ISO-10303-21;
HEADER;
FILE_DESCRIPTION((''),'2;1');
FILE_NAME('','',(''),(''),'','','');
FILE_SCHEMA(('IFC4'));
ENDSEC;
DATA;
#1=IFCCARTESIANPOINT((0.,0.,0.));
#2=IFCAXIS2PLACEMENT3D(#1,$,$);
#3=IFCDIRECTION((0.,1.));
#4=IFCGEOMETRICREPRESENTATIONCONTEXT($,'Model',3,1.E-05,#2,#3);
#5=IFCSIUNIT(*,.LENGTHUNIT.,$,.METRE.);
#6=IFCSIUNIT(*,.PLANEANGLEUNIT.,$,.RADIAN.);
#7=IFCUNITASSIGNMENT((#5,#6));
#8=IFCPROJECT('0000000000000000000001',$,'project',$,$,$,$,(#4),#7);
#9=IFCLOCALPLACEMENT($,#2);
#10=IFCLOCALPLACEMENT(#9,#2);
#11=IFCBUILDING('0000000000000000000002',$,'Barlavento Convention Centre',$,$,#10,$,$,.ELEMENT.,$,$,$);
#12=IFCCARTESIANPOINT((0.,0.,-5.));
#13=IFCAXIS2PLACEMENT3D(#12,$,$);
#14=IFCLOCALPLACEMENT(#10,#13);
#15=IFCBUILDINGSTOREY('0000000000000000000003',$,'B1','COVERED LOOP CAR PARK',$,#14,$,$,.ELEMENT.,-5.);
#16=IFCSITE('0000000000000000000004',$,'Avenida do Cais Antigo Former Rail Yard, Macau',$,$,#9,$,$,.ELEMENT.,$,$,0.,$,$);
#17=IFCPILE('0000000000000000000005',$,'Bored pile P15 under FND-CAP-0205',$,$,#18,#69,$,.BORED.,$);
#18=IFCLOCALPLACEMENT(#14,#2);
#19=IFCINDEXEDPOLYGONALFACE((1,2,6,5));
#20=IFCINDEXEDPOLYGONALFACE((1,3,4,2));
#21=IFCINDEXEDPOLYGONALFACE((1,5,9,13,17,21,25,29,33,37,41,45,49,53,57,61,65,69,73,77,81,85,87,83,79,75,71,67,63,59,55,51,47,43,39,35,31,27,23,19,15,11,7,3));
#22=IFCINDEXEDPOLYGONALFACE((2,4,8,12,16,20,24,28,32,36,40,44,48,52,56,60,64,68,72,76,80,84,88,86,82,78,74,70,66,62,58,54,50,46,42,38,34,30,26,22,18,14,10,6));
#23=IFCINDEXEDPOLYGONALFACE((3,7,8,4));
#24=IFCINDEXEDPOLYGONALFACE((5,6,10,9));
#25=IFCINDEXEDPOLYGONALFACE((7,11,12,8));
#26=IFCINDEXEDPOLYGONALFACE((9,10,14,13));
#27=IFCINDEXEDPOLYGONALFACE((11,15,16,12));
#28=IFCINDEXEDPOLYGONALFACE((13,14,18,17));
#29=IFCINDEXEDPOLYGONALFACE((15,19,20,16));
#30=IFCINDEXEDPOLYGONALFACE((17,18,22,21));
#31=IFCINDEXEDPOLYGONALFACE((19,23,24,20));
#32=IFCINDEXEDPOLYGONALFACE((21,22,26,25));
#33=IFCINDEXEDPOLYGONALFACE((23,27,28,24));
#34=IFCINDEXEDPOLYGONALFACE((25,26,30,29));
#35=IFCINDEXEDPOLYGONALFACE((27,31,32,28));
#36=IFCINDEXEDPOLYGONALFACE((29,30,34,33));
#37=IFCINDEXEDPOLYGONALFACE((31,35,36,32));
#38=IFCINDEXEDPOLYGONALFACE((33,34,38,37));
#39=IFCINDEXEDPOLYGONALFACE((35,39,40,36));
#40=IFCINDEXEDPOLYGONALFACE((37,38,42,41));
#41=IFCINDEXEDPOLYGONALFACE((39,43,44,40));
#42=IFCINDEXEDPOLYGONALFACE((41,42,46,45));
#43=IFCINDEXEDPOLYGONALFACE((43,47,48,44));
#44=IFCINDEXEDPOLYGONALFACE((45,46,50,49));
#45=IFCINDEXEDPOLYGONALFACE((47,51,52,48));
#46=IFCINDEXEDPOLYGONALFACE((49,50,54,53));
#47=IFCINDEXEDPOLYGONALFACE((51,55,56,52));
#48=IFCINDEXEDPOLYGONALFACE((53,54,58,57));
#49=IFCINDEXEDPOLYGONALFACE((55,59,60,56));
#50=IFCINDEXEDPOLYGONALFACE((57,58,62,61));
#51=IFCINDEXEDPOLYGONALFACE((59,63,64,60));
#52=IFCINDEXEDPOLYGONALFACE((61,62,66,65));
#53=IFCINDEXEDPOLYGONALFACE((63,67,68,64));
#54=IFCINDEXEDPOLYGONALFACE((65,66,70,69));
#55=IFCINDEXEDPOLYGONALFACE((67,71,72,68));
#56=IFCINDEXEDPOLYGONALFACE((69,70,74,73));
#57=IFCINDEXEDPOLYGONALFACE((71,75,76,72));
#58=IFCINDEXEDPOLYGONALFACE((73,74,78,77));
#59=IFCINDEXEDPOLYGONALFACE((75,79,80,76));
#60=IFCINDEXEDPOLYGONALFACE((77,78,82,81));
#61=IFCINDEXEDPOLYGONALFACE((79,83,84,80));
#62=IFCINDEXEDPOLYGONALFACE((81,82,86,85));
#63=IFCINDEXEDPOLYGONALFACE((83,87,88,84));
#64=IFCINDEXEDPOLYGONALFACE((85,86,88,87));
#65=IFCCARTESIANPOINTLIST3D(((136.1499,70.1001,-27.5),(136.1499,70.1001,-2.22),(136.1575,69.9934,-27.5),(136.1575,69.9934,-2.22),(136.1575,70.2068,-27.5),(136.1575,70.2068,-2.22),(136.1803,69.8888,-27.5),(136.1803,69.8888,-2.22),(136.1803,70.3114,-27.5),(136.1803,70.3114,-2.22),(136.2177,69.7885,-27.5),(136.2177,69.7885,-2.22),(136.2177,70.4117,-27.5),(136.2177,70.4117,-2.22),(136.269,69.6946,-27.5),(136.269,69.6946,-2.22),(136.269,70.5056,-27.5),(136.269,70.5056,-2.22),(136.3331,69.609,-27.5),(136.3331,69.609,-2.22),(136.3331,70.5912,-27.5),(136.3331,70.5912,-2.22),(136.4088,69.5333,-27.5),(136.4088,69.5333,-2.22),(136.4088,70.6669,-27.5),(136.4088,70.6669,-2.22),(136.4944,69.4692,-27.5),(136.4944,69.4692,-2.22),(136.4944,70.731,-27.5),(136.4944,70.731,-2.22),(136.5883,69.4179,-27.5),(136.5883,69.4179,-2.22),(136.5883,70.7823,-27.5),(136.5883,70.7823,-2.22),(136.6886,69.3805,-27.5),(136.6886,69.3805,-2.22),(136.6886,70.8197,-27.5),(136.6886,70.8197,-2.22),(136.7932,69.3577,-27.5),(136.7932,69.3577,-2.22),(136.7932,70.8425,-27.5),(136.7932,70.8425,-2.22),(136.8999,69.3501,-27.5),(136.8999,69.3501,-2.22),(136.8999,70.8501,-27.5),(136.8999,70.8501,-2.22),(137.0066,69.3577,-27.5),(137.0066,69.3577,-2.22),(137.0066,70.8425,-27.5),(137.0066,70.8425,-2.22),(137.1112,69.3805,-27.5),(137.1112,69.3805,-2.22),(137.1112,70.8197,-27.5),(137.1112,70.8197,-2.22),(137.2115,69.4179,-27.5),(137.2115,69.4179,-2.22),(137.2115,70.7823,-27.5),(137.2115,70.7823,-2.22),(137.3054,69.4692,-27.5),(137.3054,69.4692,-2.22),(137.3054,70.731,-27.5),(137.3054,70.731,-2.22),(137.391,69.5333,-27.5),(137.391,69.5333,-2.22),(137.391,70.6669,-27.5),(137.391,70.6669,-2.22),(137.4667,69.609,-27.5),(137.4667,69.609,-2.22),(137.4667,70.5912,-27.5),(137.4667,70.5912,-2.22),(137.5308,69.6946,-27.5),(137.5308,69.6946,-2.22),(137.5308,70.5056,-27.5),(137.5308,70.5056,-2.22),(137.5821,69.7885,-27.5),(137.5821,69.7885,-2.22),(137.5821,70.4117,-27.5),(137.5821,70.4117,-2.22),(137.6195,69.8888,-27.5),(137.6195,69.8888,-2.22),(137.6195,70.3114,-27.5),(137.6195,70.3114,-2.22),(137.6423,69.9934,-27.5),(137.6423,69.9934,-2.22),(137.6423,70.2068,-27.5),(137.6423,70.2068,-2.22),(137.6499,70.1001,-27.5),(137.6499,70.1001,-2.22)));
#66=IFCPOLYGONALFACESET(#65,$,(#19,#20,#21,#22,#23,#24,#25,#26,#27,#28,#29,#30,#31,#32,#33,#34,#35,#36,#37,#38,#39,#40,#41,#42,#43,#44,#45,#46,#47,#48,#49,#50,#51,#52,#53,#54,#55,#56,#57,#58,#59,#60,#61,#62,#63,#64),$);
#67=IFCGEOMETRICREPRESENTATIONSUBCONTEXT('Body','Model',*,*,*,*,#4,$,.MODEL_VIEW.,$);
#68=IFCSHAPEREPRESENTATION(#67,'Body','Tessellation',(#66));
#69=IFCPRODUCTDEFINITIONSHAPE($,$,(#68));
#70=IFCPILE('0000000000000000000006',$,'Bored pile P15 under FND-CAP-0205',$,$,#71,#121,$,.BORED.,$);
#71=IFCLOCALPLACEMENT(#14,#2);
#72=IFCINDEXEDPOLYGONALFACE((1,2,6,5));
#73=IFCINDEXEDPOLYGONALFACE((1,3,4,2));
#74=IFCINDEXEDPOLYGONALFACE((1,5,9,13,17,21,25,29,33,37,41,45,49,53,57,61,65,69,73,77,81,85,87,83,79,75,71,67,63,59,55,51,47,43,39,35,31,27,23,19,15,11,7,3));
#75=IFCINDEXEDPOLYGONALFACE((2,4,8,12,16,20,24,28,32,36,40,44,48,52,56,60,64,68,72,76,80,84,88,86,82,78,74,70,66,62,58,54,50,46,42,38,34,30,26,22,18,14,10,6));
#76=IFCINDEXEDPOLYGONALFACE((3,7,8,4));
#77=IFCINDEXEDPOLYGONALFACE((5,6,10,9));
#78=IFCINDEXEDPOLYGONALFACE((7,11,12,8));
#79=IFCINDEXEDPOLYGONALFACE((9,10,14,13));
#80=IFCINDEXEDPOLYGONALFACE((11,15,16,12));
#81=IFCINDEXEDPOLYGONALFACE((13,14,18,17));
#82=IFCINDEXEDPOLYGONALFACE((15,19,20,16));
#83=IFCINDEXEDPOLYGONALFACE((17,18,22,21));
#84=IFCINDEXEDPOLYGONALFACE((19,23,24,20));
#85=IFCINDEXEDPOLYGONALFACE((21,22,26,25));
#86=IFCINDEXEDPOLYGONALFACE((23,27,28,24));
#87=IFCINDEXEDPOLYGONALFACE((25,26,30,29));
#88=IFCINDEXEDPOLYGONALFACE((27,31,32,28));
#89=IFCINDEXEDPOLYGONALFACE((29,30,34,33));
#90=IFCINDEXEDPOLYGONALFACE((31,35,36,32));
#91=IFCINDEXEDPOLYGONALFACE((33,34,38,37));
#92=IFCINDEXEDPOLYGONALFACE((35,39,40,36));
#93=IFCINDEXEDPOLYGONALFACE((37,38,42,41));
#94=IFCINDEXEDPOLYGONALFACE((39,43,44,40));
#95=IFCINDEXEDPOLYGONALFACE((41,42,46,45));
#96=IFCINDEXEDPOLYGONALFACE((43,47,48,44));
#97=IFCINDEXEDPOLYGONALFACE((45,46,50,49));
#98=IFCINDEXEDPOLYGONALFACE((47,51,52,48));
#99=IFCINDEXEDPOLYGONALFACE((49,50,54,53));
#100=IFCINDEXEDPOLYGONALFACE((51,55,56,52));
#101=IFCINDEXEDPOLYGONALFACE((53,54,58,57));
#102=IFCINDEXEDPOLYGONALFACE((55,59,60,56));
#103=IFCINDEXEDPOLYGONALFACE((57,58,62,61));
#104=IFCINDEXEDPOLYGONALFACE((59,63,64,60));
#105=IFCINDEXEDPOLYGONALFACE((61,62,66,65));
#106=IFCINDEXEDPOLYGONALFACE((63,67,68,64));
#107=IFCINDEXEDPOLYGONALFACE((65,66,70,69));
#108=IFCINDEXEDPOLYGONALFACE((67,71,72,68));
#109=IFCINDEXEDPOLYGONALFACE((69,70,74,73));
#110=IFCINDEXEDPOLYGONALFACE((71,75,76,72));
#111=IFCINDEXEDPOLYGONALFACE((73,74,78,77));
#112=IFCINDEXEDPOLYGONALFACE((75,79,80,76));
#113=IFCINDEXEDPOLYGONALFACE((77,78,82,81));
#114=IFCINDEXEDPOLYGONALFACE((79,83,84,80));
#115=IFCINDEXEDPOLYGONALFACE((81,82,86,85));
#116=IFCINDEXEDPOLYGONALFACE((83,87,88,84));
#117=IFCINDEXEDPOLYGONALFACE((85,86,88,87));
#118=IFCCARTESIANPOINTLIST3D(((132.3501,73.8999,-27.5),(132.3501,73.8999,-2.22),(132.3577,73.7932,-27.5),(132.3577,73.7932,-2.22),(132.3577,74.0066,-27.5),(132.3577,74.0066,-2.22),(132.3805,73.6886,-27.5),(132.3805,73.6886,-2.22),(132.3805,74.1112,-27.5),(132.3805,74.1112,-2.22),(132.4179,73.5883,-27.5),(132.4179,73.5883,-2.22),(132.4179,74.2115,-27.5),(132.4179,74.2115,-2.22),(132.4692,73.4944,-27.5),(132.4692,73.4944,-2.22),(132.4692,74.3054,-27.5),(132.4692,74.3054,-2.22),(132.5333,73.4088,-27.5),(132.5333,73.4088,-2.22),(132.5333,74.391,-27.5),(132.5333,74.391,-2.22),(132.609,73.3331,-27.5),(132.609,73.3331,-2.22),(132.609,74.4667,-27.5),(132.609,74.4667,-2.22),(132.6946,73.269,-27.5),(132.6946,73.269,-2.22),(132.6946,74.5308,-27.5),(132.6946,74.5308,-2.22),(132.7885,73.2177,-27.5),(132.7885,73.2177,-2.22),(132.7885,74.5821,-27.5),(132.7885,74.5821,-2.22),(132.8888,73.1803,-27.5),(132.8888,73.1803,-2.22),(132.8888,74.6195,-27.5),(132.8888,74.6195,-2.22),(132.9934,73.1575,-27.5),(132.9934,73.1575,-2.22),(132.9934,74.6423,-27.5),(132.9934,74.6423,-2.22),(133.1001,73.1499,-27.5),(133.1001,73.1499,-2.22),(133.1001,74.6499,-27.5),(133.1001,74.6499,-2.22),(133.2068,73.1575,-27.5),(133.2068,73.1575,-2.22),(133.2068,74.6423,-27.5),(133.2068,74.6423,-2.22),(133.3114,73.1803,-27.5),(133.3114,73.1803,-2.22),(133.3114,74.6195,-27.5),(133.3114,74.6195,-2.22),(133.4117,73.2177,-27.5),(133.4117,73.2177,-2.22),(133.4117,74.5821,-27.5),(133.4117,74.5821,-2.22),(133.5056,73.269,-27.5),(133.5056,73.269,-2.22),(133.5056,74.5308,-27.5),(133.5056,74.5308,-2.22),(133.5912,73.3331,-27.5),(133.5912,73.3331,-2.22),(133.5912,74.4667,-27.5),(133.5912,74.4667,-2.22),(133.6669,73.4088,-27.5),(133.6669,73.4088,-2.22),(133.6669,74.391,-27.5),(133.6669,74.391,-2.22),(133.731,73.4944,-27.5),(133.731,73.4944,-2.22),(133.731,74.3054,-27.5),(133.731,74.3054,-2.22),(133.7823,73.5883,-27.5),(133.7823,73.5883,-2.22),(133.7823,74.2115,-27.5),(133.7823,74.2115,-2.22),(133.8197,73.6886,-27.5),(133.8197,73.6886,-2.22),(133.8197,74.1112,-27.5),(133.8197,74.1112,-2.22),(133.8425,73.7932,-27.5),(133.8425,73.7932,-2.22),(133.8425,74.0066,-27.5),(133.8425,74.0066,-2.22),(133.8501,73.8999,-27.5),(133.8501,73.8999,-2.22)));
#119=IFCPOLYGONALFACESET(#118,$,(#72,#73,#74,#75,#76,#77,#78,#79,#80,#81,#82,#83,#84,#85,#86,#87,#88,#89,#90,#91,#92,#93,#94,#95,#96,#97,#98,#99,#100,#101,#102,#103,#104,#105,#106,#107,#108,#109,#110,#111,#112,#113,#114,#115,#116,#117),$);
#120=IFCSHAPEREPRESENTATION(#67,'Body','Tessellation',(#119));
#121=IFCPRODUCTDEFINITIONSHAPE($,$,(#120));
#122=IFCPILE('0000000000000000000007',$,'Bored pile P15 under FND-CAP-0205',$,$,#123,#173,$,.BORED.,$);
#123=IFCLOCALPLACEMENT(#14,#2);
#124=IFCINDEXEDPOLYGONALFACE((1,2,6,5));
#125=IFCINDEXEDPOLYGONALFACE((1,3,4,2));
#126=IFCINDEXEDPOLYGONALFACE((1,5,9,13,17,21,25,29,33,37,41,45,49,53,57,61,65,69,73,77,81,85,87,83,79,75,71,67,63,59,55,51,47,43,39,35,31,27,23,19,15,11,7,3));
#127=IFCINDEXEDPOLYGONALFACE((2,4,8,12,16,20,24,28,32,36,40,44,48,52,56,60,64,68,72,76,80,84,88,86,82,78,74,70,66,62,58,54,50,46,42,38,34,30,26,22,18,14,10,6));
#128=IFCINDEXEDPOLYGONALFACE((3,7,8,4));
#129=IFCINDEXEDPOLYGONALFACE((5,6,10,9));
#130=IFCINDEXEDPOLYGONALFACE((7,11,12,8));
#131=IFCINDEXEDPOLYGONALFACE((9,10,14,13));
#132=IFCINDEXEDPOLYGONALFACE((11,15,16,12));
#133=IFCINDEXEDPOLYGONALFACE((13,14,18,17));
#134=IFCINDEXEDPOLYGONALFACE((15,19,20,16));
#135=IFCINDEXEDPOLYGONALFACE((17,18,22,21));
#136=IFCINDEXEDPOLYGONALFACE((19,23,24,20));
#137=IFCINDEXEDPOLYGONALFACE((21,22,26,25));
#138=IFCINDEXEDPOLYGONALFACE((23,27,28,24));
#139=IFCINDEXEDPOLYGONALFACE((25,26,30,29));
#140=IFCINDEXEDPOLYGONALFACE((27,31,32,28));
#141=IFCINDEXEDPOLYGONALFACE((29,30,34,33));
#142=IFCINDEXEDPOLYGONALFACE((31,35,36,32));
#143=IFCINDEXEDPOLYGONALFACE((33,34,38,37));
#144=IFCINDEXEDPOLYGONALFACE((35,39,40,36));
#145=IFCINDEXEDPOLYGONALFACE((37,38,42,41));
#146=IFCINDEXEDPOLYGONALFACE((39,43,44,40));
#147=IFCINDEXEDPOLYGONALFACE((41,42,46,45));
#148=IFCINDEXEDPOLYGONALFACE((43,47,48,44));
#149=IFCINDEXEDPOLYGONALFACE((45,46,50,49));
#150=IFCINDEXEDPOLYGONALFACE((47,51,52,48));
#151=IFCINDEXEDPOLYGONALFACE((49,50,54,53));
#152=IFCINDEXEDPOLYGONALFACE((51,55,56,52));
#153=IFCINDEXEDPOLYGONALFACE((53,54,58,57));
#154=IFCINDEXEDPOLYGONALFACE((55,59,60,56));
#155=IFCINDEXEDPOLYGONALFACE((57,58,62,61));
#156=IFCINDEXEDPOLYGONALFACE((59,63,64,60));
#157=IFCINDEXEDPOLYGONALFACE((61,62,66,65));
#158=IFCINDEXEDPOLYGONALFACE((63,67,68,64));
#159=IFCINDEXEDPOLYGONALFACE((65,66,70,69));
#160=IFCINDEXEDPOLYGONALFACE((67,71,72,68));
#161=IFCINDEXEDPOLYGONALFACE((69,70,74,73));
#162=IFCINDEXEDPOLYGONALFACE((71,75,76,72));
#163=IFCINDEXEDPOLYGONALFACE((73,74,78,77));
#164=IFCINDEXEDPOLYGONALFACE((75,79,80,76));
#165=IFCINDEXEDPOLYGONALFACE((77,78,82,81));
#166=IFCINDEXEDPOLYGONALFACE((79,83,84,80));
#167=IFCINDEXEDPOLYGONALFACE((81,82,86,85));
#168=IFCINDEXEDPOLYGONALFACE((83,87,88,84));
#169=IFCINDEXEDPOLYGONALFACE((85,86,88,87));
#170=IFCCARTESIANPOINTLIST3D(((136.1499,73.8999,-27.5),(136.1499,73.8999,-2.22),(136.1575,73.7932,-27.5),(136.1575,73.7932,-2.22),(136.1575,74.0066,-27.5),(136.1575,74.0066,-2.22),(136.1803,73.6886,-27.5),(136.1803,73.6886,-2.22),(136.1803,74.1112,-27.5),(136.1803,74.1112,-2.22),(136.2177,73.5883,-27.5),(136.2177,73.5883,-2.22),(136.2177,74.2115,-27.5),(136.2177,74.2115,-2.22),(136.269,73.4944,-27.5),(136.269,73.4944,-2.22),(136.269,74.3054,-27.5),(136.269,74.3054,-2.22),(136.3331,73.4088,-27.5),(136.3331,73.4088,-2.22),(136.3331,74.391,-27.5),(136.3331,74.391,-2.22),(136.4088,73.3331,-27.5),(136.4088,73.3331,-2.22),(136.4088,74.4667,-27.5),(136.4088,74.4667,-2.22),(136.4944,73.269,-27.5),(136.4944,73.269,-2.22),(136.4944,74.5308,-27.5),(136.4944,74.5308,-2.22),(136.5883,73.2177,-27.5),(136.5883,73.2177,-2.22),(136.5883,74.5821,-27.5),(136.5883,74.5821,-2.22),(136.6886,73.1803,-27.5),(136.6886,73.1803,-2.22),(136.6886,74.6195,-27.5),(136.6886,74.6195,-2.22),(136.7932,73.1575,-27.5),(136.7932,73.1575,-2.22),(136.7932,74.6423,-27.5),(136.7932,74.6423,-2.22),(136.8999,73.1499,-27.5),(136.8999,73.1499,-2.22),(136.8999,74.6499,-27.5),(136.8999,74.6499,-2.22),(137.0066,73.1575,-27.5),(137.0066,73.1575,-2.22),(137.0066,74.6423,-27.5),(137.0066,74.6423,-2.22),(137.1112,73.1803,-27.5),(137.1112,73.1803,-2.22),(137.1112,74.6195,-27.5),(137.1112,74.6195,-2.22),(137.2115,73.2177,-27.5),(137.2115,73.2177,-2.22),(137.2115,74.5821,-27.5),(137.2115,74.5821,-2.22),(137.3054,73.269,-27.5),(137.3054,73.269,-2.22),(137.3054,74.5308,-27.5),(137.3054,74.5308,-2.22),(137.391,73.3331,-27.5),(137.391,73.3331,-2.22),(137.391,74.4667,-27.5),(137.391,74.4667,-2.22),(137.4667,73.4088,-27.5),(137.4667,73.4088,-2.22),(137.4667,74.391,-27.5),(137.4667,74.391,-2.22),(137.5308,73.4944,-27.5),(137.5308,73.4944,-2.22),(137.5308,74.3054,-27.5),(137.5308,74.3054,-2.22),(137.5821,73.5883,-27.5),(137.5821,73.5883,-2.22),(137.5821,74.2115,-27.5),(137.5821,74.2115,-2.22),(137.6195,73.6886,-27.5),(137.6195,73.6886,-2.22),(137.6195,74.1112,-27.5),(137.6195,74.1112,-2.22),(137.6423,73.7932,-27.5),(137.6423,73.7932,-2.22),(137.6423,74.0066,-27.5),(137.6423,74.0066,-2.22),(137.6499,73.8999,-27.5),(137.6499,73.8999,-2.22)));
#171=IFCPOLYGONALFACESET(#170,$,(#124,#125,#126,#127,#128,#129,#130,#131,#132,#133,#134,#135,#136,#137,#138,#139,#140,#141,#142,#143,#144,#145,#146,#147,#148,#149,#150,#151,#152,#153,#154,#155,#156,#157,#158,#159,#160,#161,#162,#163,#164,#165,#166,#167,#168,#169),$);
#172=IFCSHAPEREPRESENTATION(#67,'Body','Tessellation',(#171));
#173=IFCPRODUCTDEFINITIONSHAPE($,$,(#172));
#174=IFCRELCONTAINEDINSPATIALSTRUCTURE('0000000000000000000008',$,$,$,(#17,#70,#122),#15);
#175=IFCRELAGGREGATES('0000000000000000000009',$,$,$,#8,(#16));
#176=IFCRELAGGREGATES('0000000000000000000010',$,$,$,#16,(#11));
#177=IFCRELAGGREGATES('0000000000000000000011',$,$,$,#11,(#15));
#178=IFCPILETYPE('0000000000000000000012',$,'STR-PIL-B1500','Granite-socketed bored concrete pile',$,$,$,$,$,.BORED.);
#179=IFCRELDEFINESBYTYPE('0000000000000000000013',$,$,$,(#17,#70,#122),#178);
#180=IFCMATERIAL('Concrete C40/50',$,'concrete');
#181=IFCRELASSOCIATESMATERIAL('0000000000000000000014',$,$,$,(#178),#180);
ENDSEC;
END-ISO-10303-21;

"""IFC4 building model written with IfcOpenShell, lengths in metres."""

from ifc_helpers import new_model, si_unit, direction, frame, origin, origin_2d, place, context, subcontext, project, spatial, circle, extrude, material, material_profile, profile_set, type_object, element, save


model = new_model("IFC4")

# Units and contexts
model_context = context("Model", 3, precision=1e-05, world=origin(), true_north=direction((0.0, 1.0)))
body_context = subcontext(model_context, "Body", "Model", "MODEL_VIEW")
ifc_project = project(units=[si_unit("LENGTHUNIT", "METRE"), si_unit("PLANEANGLEUNIT", "RADIAN")], contexts=[model_context])

# Site, building, storey
site_placement = place(None, origin())
site = spatial("IfcSite", under=ifc_project, at=site_placement, Name="Avenida do Cais Antigo Former Rail Yard, Macau", CompositionType="ELEMENT", RefElevation=0.0)
building_placement = place(site_placement, origin())
building = spatial("IfcBuilding", under=site, at=building_placement, Name="Barlavento Convention Centre", CompositionType="ELEMENT")
storey_placement = place(building_placement, frame((0.0, 0.0, -5.0)))
storey = spatial("IfcBuildingStorey", under=building, at=storey_placement, Name="B1", Description="COVERED LOOP CAR PARK", CompositionType="ELEMENT", Elevation=-5.0)

# Shared definitions
ifc_material_1 = material(Name="Concrete C40/50", Category="concrete")

# Piles
ifc_material_profile_1 = material_profile(ifc_material_1, circle(Radius=0.75, at=origin_2d()), Name="BORED PILE 1500")
ifc_profile_set_1 = profile_set([ifc_material_profile_1], Name="Concrete C40/50")
pile_type_1 = type_object("IfcPileType", Name="STR-PIL-B1500", Description="Granite-socketed bored concrete pile", PredefinedType="BORED", material=ifc_profile_set_1)
for number, where, z_axis, x_axis, name in (
    (1, (136.8999, 70.1001, -2.22), (0.0, 0.0, -1.0), (1.0, 0.0, 0.0), "Bored pile P15 under FND-CAP-0205"),
    (2, (133.1001, 73.8999, -2.22), (0.0, 0.0, -1.0), (1.0, 0.0, 0.0), "Bored pile P15 under FND-CAP-0205"),
    (3, (136.8999, 73.8999, -2.22), (0.0, 0.0, -1.0), (1.0, 0.0, 0.0), "Bored pile P15 under FND-CAP-0205"),
):
    element("IfcPile", number, at=place(storey_placement, frame(where, z_axis=z_axis, x_axis=x_axis)), inside=storey, type_object=pile_type_1, Name=name, PredefinedType="BORED", context=body_context, shape_type="SweptSolid", body=[
        extrude(circle(Radius=0.75, at=origin_2d()), origin(), (0.0, 0.0, 1.0), 25.28),
    ])

save(model, "model.ifc")
